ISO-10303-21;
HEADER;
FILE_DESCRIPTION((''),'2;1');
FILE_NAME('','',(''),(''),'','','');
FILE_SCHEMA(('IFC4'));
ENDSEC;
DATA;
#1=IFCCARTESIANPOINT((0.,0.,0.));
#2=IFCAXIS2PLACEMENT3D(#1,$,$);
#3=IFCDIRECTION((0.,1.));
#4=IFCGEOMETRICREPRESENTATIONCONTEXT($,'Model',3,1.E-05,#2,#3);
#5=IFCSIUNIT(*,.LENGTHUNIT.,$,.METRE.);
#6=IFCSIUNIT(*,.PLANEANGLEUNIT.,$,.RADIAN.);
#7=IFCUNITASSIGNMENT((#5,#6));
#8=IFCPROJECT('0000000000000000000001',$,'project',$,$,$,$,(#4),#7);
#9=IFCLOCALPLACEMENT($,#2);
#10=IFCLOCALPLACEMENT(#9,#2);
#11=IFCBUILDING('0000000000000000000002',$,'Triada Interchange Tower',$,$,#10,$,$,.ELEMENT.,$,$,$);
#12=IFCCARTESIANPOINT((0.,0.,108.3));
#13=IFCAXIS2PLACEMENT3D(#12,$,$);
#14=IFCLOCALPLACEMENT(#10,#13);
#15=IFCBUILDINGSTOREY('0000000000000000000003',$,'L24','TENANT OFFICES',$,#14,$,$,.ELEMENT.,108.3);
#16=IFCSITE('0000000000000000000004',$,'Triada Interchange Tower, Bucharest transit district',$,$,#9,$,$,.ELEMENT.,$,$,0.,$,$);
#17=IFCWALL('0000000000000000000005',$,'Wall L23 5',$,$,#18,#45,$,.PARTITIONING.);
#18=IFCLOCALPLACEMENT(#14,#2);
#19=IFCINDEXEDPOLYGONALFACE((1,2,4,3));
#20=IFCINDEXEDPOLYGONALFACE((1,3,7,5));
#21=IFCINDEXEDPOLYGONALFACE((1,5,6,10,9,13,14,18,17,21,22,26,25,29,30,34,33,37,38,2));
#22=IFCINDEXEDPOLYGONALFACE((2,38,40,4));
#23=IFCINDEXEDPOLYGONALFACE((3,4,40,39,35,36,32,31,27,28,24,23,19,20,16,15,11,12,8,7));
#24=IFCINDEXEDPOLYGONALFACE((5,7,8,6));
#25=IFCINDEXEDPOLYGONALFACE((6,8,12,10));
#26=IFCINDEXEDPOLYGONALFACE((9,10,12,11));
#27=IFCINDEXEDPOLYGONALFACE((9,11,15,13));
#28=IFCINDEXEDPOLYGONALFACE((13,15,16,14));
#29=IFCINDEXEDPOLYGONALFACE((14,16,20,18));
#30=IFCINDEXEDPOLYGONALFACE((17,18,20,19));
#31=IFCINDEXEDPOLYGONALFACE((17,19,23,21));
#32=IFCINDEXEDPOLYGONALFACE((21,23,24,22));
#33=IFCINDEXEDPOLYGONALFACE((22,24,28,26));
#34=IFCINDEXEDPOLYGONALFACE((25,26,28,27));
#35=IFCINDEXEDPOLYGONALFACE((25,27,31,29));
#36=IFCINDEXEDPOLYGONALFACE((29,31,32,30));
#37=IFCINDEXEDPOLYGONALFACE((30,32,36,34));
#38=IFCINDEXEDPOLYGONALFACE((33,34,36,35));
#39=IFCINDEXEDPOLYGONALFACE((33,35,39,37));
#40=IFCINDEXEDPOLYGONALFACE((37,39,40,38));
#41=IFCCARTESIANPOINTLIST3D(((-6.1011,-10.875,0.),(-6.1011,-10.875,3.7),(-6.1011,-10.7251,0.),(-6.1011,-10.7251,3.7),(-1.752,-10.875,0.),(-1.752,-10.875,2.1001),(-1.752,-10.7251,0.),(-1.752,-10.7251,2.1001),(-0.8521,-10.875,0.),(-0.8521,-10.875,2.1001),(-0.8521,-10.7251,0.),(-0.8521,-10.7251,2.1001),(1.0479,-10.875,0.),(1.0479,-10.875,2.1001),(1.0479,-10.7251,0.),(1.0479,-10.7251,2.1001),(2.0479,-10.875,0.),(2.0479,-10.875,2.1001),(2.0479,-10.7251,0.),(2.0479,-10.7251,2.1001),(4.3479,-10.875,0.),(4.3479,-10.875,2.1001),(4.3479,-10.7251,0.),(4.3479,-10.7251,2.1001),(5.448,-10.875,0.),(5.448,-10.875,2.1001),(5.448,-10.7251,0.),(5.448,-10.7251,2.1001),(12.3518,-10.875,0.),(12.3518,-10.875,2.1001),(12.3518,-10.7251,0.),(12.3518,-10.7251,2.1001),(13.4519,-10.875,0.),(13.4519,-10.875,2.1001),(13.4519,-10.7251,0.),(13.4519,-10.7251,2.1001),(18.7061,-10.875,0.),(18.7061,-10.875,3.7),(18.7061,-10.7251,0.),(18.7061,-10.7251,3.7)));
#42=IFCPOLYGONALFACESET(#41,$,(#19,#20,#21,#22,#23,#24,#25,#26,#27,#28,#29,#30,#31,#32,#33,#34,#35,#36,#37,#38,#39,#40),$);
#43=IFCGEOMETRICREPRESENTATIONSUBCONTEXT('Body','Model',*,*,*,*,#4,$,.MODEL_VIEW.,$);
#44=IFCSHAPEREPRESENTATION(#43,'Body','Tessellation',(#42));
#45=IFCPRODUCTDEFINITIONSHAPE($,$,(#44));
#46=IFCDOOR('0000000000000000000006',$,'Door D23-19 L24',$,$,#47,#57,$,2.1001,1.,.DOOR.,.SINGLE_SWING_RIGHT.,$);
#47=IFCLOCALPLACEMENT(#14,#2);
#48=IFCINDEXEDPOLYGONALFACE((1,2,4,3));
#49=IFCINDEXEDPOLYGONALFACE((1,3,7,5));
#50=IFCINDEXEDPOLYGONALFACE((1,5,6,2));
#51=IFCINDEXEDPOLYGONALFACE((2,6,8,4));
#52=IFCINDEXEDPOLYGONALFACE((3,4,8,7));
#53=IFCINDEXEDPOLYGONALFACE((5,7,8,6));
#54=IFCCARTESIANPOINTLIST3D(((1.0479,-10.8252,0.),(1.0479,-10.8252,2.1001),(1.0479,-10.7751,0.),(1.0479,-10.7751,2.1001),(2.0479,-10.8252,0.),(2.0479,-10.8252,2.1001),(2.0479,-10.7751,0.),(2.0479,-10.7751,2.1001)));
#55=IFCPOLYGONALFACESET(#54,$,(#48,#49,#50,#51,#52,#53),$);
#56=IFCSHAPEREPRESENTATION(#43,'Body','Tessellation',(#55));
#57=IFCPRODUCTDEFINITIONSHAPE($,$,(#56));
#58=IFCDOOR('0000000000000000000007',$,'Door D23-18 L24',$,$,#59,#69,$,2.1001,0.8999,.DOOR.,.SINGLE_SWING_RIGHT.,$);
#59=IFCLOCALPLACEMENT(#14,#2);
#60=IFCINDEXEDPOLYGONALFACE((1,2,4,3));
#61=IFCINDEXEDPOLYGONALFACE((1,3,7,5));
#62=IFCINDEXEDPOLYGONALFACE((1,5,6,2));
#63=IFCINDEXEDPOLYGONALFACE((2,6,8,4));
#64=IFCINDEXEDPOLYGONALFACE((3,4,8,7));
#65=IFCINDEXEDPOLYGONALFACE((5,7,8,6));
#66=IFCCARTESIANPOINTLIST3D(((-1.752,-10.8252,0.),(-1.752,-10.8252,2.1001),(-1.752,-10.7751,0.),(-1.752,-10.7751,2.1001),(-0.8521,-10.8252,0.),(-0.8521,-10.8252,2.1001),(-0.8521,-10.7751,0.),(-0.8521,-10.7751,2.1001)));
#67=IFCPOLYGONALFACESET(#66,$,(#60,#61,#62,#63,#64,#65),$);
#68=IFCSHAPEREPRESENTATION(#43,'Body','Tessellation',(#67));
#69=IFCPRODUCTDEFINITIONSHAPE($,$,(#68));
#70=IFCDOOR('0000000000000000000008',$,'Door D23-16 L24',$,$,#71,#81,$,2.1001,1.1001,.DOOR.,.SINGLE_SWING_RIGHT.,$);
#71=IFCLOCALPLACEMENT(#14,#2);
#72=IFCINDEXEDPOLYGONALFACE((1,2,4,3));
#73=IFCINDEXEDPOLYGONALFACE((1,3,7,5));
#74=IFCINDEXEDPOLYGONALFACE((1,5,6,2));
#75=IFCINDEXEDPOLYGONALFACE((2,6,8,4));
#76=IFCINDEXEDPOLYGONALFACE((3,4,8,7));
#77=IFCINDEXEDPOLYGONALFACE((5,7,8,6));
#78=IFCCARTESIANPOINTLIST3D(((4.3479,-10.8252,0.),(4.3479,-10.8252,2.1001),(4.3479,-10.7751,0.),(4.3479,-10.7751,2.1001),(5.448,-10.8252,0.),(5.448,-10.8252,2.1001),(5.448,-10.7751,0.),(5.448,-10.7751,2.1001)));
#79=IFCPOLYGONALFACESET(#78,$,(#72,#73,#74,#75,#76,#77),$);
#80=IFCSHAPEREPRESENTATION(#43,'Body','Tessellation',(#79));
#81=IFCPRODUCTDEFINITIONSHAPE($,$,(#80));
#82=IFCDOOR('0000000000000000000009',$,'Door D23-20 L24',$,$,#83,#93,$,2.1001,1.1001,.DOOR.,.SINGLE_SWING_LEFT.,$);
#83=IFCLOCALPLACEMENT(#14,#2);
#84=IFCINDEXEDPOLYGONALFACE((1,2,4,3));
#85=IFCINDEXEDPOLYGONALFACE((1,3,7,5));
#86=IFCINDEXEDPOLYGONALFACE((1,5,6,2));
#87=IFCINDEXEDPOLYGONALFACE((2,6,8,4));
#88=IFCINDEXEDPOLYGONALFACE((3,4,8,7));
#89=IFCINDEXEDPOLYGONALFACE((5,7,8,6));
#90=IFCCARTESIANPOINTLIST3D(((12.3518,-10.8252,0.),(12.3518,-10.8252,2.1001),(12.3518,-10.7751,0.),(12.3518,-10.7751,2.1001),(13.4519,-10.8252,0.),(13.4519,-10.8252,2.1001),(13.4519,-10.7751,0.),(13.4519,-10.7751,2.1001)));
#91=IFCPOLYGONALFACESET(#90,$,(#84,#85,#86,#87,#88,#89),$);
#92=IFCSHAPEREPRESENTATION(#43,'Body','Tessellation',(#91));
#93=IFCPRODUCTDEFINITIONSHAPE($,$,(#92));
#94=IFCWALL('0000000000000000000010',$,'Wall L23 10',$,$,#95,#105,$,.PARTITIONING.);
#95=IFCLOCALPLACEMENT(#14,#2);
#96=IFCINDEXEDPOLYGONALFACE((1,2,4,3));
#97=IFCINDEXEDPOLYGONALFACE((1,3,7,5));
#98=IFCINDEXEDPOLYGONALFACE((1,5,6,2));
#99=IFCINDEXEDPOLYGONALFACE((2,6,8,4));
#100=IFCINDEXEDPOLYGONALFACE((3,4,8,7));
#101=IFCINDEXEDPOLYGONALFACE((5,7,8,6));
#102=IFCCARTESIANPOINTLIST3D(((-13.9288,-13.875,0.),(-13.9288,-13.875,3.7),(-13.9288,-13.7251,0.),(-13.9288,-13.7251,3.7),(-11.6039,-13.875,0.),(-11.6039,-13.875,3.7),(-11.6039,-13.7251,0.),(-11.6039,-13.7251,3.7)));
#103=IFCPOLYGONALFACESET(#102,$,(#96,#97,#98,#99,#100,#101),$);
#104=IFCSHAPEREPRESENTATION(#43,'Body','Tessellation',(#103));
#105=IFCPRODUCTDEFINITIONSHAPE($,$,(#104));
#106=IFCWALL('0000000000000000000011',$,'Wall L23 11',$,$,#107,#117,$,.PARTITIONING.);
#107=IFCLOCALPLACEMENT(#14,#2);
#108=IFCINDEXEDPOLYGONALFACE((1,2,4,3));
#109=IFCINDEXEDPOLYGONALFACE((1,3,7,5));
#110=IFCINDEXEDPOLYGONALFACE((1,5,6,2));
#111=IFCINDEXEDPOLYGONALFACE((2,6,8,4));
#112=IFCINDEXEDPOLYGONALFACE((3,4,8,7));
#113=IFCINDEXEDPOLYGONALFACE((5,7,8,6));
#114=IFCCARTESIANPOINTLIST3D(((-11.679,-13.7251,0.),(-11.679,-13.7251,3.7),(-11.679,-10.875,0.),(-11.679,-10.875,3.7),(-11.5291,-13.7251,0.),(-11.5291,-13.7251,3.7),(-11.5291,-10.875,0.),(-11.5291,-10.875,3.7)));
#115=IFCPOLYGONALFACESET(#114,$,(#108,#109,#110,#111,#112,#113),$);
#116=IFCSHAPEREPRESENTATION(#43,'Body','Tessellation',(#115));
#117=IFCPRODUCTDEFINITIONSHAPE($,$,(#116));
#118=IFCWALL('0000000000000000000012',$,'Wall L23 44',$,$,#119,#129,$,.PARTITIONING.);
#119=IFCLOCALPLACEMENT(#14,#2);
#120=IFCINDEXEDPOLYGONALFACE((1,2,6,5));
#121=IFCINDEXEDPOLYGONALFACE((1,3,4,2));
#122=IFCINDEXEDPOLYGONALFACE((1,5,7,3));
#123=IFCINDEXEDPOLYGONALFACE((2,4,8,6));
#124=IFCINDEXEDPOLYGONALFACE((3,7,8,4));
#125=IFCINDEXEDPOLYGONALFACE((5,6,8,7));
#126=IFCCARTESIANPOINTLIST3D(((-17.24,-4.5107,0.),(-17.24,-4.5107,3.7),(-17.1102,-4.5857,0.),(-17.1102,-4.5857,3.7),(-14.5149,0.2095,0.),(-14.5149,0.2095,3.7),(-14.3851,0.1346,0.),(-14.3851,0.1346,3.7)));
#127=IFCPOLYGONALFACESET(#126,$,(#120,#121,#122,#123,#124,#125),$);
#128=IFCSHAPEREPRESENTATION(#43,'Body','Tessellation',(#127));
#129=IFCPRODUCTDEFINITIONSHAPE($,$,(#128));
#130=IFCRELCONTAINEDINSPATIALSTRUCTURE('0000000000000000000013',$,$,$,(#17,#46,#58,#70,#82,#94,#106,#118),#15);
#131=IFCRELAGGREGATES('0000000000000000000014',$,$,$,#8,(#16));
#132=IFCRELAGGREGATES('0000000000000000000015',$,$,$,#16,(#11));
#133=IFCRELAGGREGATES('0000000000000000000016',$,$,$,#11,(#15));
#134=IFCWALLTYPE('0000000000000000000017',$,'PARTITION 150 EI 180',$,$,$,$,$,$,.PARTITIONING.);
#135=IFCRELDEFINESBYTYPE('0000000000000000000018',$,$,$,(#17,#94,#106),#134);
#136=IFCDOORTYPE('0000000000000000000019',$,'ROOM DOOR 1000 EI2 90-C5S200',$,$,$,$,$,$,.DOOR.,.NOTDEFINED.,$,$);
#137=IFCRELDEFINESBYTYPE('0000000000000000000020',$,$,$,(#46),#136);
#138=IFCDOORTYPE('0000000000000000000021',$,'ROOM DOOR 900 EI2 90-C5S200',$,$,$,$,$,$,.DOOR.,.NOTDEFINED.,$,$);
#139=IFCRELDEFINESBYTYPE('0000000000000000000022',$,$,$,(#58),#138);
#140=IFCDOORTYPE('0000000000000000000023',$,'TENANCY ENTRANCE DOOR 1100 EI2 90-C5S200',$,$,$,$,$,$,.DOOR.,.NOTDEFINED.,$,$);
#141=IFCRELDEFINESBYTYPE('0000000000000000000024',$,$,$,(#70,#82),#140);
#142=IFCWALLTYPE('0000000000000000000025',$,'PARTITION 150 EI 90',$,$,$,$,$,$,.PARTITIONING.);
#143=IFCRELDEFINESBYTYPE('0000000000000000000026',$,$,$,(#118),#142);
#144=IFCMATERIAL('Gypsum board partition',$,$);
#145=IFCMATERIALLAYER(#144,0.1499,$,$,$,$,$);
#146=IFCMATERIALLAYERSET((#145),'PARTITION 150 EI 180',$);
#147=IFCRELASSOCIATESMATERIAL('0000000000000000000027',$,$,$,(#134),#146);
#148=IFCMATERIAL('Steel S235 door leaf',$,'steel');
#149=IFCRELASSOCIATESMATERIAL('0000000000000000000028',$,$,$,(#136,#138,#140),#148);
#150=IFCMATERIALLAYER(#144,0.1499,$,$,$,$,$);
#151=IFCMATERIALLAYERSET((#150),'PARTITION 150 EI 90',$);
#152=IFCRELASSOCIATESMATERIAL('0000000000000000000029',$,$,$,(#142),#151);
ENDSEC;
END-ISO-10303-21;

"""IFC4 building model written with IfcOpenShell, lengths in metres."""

from ifc_helpers import new_model, si_unit, direction, frame, frame_2d, origin, place, context, subcontext, project, spatial, rectangle, extrude, material, layer, layer_set, type_object, element, fill, save


model = new_model("IFC4")

# Units and contexts
model_context = context("Model", 3, precision=1e-05, world=origin(), true_north=direction((0.0, 1.0)))
body_context = subcontext(model_context, "Body", "Model", "MODEL_VIEW")
ifc_project = project(units=[si_unit("LENGTHUNIT", "METRE"), si_unit("PLANEANGLEUNIT", "RADIAN")], contexts=[model_context])

# Site, building, storey
site_placement = place(None, origin())
site = spatial("IfcSite", under=ifc_project, at=site_placement, Name="Triada Interchange Tower, Bucharest transit district", CompositionType="ELEMENT", RefElevation=0.0)
building_placement = place(site_placement, origin())
building = spatial("IfcBuilding", under=site, at=building_placement, Name="Triada Interchange Tower", CompositionType="ELEMENT")
storey_placement = place(building_placement, frame((0.0, 0.0, 108.3)))
storey = spatial("IfcBuildingStorey", under=building, at=storey_placement, Name="L24", Description="TENANT OFFICES", CompositionType="ELEMENT", Elevation=108.3)

# Shared definitions
ifc_material_1 = material(Name="Steel S235 door leaf", Category="steel")

# Wall, openings, doors
ifc_material_2 = material(Name="Gypsum board partition")
ifc_layer_1 = layer(ifc_material_2, 0.1499)
ifc_layer_set_1 = layer_set([ifc_layer_1], Name="PARTITION 150 EI 180")
wall_type_1 = type_object("IfcWallType", Name="PARTITION 150 EI 180", PredefinedType="PARTITIONING", material=ifc_layer_set_1)
wall_1_placement = place(storey_placement, frame((-6.1011, -10.8, 0.0), z_axis=(0.0, 0.0, 1.0), x_axis=(1.0, 0.0, 0.0)))
wall_1 = element("IfcWall", 1, at=wall_1_placement, inside=storey, type_object=wall_type_1, Name="Wall L23 5", PredefinedType="PARTITIONING", context=body_context, shape_type="SweptSolid", body=[
    extrude(rectangle(XDim=24.8071, YDim=0.1499, at=frame_2d((12.4036, 0.0))), origin(), (0.0, 0.0, 1.0), 3.7),
])
opening_1_placement = place(wall_1_placement, frame((10.449, 0.0, 0.0)))
opening_1 = element("IfcOpeningElement", 2, at=opening_1_placement, cuts=wall_1, PredefinedType="OPENING", context=body_context, shape_type="SweptSolid", body=[
    extrude(rectangle(XDim=1.1001, YDim=2.1001, at=frame_2d((0.55, 1.05))), frame((0.0, 0.085, 0.0), z_axis=(0.0, -1.0, 0.0), x_axis=(1.0, 0.0, 0.0)), (0.0, 0.0, 1.0), 0.1699),
])
opening_2_placement = place(wall_1_placement, frame((4.3491, 0.0, 0.0)))
opening_2 = element("IfcOpeningElement", 3, at=opening_2_placement, cuts=wall_1, PredefinedType="OPENING", context=body_context, shape_type="SweptSolid", body=[
    extrude(rectangle(XDim=0.8999, YDim=2.1001, at=frame_2d((0.45, 1.05))), frame((0.0, 0.085, 0.0), z_axis=(0.0, -1.0, 0.0), x_axis=(1.0, 0.0, 0.0)), (0.0, 0.0, 1.0), 0.1699),
])
opening_3_placement = place(wall_1_placement, frame((7.1489, 0.0, 0.0)))
opening_3 = element("IfcOpeningElement", 4, at=opening_3_placement, cuts=wall_1, PredefinedType="OPENING", context=body_context, shape_type="SweptSolid", body=[
    extrude(rectangle(XDim=1.0, YDim=2.1001, at=frame_2d((0.5, 1.05))), frame((0.0, 0.085, 0.0), z_axis=(0.0, -1.0, 0.0), x_axis=(1.0, 0.0, 0.0)), (0.0, 0.0, 1.0), 0.1699),
])
opening_4_placement = place(wall_1_placement, frame((18.4529, 0.0, 0.0)))
opening_4 = element("IfcOpeningElement", 5, at=opening_4_placement, cuts=wall_1, PredefinedType="OPENING", context=body_context, shape_type="SweptSolid", body=[
    extrude(rectangle(XDim=1.1001, YDim=2.1001, at=frame_2d((0.55, 1.05))), frame((0.0, 0.085, 0.0), z_axis=(0.0, -1.0, 0.0), x_axis=(1.0, 0.0, 0.0)), (0.0, 0.0, 1.0), 0.1699),
])
door_type_1 = type_object("IfcDoorType", Name="ROOM DOOR 1000 EI2 90-C5S200", OperationType="NOTDEFINED", PredefinedType="DOOR", material=ifc_material_1)
door_1_placement = place(opening_3_placement, origin())
door_1 = element("IfcDoor", 6, at=door_1_placement, inside=storey, type_object=door_type_1, Name="Door D23-19 L24", OperationType="SINGLE_SWING_RIGHT", OverallHeight=2.1001, OverallWidth=1.0, PredefinedType="DOOR", context=body_context, shape_type="SweptSolid", body=[
    extrude(rectangle(XDim=1.0, YDim=2.1001, at=frame_2d((0.5, 1.05))), frame((0.0, 0.0249, 0.0), z_axis=(0.0, -1.0, 0.0), x_axis=(1.0, 0.0, 0.0)), (0.0, 0.0, 1.0), 0.05),
])
fill(opening_3, door_1)
door_type_2 = type_object("IfcDoorType", Name="ROOM DOOR 900 EI2 90-C5S200", OperationType="NOTDEFINED", PredefinedType="DOOR", material=ifc_material_1)
door_2_placement = place(opening_2_placement, origin())
door_2 = element("IfcDoor", 7, at=door_2_placement, inside=storey, type_object=door_type_2, Name="Door D23-18 L24", OperationType="SINGLE_SWING_RIGHT", OverallHeight=2.1001, OverallWidth=0.8999, PredefinedType="DOOR", context=body_context, shape_type="SweptSolid", body=[
    extrude(rectangle(XDim=0.8999, YDim=2.1001, at=frame_2d((0.45, 1.05))), frame((0.0, 0.0249, 0.0), z_axis=(0.0, -1.0, 0.0), x_axis=(1.0, 0.0, 0.0)), (0.0, 0.0, 1.0), 0.05),
])
fill(opening_2, door_2)
door_type_3 = type_object("IfcDoorType", Name="TENANCY ENTRANCE DOOR 1100 EI2 90-C5S200", OperationType="NOTDEFINED", PredefinedType="DOOR", material=ifc_material_1)
door_3_placement = place(opening_1_placement, origin())
door_3 = element("IfcDoor", 8, at=door_3_placement, inside=storey, type_object=door_type_3, Name="Door D23-16 L24", OperationType="SINGLE_SWING_RIGHT", OverallHeight=2.1001, OverallWidth=1.1001, PredefinedType="DOOR", context=body_context, shape_type="SweptSolid", body=[
    extrude(rectangle(XDim=1.1001, YDim=2.1001, at=frame_2d((0.55, 1.05))), frame((0.0, 0.0249, 0.0), z_axis=(0.0, -1.0, 0.0), x_axis=(1.0, 0.0, 0.0)), (0.0, 0.0, 1.0), 0.05),
])
fill(opening_1, door_3)
door_4_placement = place(opening_4_placement, origin())
door_4 = element("IfcDoor", 9, at=door_4_placement, inside=storey, type_object=door_type_3, Name="Door D23-20 L24", OperationType="SINGLE_SWING_LEFT", OverallHeight=2.1001, OverallWidth=1.1001, PredefinedType="DOOR", context=body_context, shape_type="SweptSolid", body=[
    extrude(rectangle(XDim=1.1001, YDim=2.1001, at=frame_2d((0.55, 1.05))), frame((0.0, 0.0249, 0.0), z_axis=(0.0, -1.0, 0.0), x_axis=(1.0, 0.0, 0.0)), (0.0, 0.0, 1.0), 0.05),
])
fill(opening_4, door_4)

# Walls
wall_2_placement = place(storey_placement, frame((-13.929, -13.8, 0.0), z_axis=(0.0, 0.0, 1.0), x_axis=(1.0, 0.0, 0.0)))
element("IfcWall", 10, at=wall_2_placement, inside=storey, type_object=wall_type_1, Name="Wall L23 10", PredefinedType="PARTITIONING", context=body_context, shape_type="SweptSolid", body=[
    extrude(rectangle(XDim=2.325, YDim=0.1499, at=frame_2d((1.1626, 0.0))), origin(), (0.0, 0.0, 1.0), 3.7),
])
wall_3_placement = place(storey_placement, frame((-11.604, -13.7251, 0.0), z_axis=(0.0, 0.0, 1.0), x_axis=(0.0, 1.0, 0.0)))
element("IfcWall", 11, at=wall_3_placement, inside=storey, type_object=wall_type_1, Name="Wall L23 11", PredefinedType="PARTITIONING", context=body_context, shape_type="SweptSolid", body=[
    extrude(rectangle(XDim=2.8501, YDim=0.1499, at=frame_2d((1.425, 0.0))), origin(), (0.0, 0.0, 1.0), 3.7),
])
ifc_layer_2 = layer(ifc_material_2, 0.1499)
ifc_layer_set_2 = layer_set([ifc_layer_2], Name="PARTITION 150 EI 90")
wall_type_2 = type_object("IfcWallType", Name="PARTITION 150 EI 90", PredefinedType="PARTITIONING", material=ifc_layer_set_2)
wall_4_placement = place(storey_placement, frame((-17.175, -4.5481, 0.0), z_axis=(0.0, 0.0, 1.0), x_axis=(0.499984, 0.866035, 0.0)))
element("IfcWall", 12, at=wall_4_placement, inside=storey, type_object=wall_type_2, Name="Wall L23 44", PredefinedType="PARTITIONING", context=body_context, shape_type="SweptSolid", body=[
    extrude(rectangle(XDim=5.4504, YDim=0.1499, at=frame_2d((2.7251, 0.0))), origin(), (0.0, 0.0, 1.0), 3.7),
])

save(model, "model.ifc")
